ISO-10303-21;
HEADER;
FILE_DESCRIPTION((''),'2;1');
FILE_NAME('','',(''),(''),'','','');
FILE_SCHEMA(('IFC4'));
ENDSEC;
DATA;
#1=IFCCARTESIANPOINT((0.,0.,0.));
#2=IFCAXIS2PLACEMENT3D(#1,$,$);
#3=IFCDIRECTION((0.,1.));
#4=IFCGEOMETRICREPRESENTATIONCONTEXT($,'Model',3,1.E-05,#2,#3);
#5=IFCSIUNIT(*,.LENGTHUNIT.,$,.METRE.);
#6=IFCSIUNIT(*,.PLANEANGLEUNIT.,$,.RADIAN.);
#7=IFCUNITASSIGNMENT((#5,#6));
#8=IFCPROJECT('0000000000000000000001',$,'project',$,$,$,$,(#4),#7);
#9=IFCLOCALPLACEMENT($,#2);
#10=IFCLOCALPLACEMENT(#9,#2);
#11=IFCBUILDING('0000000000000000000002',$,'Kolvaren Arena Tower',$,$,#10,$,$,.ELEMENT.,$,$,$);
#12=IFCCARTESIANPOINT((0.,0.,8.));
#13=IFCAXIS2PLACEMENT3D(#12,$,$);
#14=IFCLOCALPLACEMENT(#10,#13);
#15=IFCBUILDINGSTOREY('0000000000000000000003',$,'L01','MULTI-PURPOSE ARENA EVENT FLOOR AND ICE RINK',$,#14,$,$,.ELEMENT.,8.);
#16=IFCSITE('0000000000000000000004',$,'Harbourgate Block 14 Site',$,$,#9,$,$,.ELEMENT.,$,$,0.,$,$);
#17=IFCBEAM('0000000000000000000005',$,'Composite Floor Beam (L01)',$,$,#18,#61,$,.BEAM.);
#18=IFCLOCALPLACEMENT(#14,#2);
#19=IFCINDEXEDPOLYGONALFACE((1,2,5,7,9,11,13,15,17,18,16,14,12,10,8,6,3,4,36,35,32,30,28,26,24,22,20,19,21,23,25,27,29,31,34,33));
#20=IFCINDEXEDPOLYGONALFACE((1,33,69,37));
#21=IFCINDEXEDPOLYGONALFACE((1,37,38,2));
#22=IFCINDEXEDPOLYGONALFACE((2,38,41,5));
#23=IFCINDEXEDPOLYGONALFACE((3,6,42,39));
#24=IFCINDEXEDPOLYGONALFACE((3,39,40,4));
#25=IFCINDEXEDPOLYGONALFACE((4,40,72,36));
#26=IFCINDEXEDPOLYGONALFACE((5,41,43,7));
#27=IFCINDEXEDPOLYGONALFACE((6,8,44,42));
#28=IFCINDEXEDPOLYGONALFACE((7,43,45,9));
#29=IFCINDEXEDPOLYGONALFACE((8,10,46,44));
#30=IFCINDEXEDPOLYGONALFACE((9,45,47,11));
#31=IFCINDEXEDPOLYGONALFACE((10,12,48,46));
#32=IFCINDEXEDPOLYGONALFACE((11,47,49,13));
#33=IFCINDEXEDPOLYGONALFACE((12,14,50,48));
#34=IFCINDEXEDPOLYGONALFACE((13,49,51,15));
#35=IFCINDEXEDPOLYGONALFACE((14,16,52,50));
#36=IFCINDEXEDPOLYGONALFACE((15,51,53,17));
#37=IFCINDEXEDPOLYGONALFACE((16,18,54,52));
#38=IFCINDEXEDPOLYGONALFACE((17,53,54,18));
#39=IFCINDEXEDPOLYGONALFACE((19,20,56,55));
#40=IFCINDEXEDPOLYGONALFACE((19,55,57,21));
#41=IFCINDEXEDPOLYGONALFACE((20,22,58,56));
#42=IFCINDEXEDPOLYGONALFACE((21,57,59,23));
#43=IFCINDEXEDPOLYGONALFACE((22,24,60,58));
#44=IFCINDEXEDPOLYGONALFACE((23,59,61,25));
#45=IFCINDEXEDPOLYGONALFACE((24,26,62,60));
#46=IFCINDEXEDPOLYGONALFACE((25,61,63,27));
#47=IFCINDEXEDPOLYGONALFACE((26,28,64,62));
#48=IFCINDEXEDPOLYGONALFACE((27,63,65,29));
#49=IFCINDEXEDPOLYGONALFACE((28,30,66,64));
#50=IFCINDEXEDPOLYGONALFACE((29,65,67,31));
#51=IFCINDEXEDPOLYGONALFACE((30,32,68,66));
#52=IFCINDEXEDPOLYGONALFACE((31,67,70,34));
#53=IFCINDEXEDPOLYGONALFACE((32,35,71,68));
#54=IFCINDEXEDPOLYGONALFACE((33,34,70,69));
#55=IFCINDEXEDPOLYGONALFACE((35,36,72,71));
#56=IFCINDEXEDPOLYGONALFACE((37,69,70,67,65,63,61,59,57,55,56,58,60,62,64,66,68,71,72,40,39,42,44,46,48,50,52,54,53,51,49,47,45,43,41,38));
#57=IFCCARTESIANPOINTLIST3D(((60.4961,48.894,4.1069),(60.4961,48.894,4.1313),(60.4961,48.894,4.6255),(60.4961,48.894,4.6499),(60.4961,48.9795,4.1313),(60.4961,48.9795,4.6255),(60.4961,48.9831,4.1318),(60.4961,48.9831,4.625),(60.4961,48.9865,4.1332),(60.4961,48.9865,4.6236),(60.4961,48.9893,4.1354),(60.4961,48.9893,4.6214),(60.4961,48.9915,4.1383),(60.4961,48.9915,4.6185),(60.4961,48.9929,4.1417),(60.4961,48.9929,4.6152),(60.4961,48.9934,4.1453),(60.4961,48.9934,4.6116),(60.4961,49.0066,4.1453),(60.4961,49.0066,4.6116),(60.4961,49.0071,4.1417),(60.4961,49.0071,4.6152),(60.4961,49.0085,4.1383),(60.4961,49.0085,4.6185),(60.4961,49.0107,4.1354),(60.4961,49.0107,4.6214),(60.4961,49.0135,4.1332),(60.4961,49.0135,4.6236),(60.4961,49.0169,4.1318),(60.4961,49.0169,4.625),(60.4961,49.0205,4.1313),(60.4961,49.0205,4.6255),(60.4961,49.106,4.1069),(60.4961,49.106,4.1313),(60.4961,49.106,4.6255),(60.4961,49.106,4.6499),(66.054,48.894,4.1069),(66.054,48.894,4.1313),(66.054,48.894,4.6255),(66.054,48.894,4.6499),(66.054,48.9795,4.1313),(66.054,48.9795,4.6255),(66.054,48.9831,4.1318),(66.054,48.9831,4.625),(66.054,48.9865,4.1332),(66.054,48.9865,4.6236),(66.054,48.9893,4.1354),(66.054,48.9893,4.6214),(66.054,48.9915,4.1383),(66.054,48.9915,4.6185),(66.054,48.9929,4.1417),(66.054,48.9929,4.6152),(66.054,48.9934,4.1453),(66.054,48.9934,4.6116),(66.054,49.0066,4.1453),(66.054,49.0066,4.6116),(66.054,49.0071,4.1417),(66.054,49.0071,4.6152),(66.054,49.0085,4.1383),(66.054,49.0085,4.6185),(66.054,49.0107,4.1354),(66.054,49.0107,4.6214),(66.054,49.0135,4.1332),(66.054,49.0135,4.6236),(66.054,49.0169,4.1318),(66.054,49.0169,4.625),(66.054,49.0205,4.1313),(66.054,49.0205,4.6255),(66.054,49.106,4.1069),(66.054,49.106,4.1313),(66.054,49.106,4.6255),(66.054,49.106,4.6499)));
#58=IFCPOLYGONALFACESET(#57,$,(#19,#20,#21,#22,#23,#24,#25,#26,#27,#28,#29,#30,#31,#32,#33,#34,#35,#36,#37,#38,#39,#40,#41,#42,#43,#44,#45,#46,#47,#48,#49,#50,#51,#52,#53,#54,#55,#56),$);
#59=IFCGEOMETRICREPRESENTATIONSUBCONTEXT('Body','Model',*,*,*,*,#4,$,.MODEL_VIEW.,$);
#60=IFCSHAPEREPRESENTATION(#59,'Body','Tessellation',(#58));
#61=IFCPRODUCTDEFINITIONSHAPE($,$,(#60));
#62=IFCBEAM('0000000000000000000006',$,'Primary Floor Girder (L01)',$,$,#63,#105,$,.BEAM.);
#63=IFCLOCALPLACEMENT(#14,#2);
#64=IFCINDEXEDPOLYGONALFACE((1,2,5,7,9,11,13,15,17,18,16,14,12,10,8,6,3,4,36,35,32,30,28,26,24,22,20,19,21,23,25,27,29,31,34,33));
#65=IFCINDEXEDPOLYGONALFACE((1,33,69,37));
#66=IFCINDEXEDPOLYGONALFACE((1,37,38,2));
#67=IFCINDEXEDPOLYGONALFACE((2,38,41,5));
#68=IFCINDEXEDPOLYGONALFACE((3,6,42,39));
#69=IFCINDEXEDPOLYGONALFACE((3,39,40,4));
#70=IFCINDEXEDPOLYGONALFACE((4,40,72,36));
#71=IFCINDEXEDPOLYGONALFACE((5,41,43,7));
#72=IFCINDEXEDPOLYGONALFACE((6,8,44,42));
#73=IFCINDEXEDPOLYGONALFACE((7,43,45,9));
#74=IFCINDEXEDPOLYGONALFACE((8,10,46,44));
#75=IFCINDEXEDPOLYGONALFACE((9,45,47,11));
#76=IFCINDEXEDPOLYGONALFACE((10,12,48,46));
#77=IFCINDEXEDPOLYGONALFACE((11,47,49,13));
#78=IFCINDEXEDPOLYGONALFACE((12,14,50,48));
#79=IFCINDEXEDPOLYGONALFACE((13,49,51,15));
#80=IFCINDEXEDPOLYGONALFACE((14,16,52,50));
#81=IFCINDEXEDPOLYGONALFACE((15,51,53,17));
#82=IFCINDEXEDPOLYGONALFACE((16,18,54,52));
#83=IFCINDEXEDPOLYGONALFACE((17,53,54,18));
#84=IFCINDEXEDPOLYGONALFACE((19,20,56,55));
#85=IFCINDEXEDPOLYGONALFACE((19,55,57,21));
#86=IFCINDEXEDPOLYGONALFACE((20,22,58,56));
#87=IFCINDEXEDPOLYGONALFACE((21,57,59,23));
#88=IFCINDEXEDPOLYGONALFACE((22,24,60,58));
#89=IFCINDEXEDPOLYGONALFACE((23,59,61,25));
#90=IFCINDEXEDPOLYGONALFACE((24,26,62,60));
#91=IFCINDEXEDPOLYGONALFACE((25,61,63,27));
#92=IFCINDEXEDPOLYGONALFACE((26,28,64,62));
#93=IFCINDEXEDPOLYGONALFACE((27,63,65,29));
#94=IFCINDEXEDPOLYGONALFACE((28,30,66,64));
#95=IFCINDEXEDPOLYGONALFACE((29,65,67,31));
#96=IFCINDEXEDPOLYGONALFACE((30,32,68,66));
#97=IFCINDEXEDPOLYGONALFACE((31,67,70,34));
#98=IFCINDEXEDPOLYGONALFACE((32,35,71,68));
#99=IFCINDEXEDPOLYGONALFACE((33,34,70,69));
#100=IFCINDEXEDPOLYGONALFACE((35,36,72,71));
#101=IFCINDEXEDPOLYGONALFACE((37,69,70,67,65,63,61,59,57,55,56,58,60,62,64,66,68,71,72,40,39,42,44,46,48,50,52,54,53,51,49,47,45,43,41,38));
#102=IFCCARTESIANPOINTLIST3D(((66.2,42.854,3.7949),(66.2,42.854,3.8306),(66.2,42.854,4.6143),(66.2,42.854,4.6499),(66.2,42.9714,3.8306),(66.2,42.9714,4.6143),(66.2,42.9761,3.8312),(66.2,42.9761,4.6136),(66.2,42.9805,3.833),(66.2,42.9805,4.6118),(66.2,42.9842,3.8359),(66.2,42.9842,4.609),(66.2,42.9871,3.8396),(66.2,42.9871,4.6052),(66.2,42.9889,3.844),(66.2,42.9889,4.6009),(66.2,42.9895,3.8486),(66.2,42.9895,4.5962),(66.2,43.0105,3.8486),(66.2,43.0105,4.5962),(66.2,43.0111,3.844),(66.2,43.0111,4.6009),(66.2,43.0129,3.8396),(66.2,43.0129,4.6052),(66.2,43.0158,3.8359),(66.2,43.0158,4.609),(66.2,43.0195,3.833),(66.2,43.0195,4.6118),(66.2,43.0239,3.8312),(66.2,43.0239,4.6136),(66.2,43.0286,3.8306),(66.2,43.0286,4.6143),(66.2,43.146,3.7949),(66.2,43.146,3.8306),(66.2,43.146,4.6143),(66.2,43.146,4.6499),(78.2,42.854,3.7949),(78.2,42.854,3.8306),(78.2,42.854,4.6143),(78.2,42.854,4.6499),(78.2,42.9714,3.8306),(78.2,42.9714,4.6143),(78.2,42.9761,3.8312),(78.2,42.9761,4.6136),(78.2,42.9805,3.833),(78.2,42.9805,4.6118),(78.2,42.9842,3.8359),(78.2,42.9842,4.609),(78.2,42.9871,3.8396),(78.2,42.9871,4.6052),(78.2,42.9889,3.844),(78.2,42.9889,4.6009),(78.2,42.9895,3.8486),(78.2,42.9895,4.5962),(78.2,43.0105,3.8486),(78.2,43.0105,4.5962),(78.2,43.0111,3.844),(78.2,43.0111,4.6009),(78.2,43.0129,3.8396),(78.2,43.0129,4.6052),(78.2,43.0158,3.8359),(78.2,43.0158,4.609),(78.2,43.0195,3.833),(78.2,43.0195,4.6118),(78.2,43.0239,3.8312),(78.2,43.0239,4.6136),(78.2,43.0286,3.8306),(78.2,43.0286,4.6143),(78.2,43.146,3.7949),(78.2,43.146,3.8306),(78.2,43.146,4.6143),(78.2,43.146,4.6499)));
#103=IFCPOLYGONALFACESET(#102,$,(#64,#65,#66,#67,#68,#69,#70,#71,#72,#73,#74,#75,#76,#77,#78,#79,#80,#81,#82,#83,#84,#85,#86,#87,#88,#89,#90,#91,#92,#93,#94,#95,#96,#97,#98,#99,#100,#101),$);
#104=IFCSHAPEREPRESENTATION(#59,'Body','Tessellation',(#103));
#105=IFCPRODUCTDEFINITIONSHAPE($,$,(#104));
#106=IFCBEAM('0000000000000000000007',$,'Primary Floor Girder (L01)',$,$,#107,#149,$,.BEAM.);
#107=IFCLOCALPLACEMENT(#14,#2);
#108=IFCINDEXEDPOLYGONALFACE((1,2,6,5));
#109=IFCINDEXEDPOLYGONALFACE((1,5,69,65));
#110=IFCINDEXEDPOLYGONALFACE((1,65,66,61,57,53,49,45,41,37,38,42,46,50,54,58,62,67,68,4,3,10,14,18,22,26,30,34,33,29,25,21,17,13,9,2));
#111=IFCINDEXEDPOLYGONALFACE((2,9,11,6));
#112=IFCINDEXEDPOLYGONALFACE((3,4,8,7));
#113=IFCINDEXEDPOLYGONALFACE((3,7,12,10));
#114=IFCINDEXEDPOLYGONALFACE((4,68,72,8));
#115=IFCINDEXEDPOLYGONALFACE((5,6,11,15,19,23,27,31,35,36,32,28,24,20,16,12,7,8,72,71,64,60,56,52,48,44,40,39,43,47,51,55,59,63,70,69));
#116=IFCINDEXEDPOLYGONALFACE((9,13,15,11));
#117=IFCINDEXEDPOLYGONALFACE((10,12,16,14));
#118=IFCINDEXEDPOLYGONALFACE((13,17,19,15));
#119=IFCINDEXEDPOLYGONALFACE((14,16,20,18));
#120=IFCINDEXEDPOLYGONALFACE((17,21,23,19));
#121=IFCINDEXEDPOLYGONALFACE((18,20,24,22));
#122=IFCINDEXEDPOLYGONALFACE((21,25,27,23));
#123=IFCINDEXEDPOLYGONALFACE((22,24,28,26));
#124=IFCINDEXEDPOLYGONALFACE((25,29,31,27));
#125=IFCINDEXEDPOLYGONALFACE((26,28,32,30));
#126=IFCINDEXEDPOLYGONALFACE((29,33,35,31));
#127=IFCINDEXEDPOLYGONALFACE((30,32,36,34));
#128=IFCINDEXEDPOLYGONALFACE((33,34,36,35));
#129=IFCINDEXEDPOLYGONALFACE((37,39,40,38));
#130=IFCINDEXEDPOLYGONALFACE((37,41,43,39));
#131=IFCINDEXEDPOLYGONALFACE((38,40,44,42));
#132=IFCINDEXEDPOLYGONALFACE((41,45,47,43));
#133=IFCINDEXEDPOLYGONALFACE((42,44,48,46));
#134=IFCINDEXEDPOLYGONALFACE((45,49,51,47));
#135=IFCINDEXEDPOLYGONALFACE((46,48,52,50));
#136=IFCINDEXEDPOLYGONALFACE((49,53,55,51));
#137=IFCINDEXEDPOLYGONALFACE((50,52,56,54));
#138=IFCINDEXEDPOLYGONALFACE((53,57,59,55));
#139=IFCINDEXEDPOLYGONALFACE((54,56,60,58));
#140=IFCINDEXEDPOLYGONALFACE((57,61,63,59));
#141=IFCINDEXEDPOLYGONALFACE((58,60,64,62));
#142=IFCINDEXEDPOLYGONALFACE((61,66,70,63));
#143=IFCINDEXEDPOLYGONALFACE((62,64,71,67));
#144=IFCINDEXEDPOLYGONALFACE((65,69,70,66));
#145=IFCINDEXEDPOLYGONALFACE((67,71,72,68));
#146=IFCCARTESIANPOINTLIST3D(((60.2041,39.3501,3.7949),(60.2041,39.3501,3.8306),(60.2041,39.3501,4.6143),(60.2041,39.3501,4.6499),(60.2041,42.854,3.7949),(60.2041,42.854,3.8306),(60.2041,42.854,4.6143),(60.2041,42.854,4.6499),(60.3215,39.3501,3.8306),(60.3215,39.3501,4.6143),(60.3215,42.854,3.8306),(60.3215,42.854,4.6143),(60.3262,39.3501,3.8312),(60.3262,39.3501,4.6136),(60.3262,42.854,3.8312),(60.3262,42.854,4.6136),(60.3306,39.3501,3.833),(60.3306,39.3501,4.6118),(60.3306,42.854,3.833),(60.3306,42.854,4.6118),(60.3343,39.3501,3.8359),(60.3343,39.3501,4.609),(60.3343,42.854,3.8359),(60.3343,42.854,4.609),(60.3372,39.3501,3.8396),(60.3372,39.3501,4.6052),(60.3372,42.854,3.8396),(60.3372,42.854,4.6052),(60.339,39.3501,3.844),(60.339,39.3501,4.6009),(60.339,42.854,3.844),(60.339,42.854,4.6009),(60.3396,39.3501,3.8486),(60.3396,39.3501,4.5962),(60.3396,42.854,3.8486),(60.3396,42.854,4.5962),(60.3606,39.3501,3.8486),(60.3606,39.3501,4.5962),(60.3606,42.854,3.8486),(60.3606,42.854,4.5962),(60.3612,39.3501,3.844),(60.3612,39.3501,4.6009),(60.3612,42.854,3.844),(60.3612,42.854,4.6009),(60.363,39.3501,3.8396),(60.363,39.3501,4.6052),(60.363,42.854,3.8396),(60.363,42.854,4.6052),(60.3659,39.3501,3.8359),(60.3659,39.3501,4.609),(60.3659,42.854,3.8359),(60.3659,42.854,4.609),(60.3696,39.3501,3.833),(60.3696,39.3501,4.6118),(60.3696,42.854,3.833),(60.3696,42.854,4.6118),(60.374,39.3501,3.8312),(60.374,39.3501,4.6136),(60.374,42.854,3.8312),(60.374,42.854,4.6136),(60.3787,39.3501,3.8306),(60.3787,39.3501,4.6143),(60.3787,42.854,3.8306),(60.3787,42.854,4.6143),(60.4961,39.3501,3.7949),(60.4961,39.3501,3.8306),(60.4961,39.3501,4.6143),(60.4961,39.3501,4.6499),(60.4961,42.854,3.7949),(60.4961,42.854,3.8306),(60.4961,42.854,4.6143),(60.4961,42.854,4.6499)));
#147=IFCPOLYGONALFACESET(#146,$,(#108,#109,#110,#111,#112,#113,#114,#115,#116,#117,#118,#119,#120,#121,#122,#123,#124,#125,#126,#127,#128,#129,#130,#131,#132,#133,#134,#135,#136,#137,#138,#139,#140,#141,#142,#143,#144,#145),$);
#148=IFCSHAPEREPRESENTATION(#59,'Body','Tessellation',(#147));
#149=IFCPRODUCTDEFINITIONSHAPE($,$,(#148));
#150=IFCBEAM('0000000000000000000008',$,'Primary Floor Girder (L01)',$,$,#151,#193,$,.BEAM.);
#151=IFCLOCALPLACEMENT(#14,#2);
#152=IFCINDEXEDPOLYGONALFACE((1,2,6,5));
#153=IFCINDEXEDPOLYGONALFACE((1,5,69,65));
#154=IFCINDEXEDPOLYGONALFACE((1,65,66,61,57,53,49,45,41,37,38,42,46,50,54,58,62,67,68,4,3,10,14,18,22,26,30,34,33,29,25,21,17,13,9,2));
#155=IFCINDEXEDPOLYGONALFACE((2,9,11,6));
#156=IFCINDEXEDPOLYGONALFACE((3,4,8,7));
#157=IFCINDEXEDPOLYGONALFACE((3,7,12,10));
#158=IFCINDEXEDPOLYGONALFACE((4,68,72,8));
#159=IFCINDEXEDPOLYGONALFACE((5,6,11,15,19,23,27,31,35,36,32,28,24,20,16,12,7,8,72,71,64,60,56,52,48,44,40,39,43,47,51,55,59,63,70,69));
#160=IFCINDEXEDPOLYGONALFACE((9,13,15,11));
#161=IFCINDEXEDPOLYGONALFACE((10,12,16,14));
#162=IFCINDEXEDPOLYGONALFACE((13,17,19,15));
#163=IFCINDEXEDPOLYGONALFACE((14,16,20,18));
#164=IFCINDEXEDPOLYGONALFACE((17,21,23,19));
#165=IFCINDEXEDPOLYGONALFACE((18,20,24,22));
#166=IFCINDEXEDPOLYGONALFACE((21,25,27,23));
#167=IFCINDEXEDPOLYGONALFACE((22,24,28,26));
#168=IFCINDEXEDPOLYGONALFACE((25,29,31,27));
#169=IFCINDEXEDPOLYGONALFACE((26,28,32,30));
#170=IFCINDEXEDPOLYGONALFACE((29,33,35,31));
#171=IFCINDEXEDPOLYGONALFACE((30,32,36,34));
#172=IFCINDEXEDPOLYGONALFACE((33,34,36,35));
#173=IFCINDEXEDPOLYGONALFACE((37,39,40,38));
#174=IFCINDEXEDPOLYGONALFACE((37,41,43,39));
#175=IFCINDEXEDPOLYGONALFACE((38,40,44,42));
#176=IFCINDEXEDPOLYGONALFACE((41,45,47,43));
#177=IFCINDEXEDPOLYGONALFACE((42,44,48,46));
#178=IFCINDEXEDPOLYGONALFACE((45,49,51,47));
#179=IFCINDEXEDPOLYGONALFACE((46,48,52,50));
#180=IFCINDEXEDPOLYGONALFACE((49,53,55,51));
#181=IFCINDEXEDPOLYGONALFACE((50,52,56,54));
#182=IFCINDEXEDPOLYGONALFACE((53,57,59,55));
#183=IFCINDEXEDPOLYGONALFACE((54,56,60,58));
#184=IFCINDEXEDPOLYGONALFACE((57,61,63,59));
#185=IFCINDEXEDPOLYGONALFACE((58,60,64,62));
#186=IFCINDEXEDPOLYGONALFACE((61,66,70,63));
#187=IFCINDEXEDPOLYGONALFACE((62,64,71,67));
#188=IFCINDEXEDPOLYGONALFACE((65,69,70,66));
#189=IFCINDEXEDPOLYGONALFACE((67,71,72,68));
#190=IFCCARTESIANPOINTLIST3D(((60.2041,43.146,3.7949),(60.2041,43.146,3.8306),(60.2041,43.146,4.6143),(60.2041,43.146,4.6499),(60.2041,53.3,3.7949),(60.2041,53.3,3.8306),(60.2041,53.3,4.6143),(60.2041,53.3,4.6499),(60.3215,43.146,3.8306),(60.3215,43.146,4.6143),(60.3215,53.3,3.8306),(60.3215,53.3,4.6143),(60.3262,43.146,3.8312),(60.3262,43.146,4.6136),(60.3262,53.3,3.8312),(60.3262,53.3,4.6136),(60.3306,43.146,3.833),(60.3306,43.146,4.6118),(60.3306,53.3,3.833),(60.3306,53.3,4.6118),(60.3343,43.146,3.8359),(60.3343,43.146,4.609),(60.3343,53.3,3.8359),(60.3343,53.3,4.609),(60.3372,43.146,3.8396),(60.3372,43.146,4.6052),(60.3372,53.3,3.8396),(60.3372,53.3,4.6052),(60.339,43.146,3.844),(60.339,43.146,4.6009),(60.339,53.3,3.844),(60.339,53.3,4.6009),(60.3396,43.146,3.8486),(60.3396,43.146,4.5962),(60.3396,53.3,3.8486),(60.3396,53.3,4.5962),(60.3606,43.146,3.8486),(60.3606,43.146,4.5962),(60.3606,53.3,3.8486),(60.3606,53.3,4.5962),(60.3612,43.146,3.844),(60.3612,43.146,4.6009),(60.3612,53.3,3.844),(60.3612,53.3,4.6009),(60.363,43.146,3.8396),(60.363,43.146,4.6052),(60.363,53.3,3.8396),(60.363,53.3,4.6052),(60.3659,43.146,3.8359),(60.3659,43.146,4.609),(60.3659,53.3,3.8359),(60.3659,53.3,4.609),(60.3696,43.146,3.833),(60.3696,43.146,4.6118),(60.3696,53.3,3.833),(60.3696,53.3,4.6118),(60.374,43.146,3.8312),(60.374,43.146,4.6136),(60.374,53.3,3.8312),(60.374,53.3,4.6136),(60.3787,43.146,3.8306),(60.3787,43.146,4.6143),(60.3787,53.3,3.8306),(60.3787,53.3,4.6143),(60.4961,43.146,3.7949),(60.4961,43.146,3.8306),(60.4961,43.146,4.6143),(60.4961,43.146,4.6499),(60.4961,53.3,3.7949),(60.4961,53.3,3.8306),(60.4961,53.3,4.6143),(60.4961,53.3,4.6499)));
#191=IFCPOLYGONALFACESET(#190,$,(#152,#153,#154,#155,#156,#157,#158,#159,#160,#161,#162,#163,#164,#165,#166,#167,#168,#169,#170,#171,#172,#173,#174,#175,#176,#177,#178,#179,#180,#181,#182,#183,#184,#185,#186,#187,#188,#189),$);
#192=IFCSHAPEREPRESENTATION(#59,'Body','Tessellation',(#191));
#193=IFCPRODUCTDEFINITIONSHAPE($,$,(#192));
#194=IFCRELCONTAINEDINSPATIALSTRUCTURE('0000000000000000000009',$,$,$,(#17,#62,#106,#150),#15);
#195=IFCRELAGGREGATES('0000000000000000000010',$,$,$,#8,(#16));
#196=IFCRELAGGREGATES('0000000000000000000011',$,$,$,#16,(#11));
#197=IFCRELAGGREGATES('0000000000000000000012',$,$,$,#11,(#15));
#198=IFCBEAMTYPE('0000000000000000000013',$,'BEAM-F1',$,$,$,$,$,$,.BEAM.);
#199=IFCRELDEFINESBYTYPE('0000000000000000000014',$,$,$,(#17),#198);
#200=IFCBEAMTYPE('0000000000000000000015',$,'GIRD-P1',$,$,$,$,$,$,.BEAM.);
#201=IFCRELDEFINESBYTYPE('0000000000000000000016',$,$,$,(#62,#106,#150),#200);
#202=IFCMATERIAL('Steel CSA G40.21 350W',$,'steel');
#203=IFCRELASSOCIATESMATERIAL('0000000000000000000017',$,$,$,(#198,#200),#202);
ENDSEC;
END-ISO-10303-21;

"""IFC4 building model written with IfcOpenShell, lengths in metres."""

from ifc_helpers import new_model, si_unit, direction, frame, origin, origin_2d, place, context, subcontext, project, spatial, i_section, extrude, material, material_profile, profile_set, type_object, element, save


model = new_model("IFC4")

# Units and contexts
model_context = context("Model", 3, precision=1e-05, world=origin(), true_north=direction((0.0, 1.0)))
body_context = subcontext(model_context, "Body", "Model", "MODEL_VIEW")
ifc_project = project(units=[si_unit("LENGTHUNIT", "METRE"), si_unit("PLANEANGLEUNIT", "RADIAN")], contexts=[model_context])

# Site, building, storey
site_placement = place(None, origin())
site = spatial("IfcSite", under=ifc_project, at=site_placement, Name="Harbourgate Block 14 Site", CompositionType="ELEMENT", RefElevation=0.0)
building_placement = place(site_placement, origin())
building = spatial("IfcBuilding", under=site, at=building_placement, Name="Kolvaren Arena Tower", CompositionType="ELEMENT")
storey_placement = place(building_placement, frame((0.0, 0.0, 8.0)))
storey = spatial("IfcBuildingStorey", under=building, at=storey_placement, Name="L01", Description="MULTI-PURPOSE ARENA EVENT FLOOR AND ICE RINK", CompositionType="ELEMENT", Elevation=8.0)

# Beams
ifc_material_1 = material(Name="Steel CSA G40.21 350W", Category="steel")
ifc_material_profile_1 = material_profile(ifc_material_1, i_section(OverallWidth=0.2119, OverallDepth=0.543, WebThickness=0.0132, FlangeThickness=0.0244, FilletRadius=0.0139, at=origin_2d()), Name="W530x150")
ifc_profile_set_1 = profile_set([ifc_material_profile_1], Name="Steel CSA G40.21 350W")
beam_type_1 = type_object("IfcBeamType", Name="BEAM-F1", PredefinedType="BEAM", material=ifc_profile_set_1)
beam_1_placement = place(storey_placement, frame((60.4961, 49.0, 4.3784), z_axis=(1.0, 0.0, 0.0), x_axis=(0.0, 1.0, 0.0)))
element("IfcBeam", 1, at=beam_1_placement, inside=storey, type_object=beam_type_1, Name="Composite Floor Beam (L01)", PredefinedType="BEAM", context=body_context, shape_type="SweptSolid", body=[
    extrude(i_section(OverallWidth=0.2119, OverallDepth=0.543, WebThickness=0.0132, FlangeThickness=0.0244, FilletRadius=0.0139, at=origin_2d()), origin(), (0.0, 0.0, 1.0), 5.5579),
])
ifc_material_profile_2 = material_profile(ifc_material_1, i_section(OverallWidth=0.292, OverallDepth=0.855, WebThickness=0.021, FlangeThickness=0.0356, FilletRadius=0.0181, at=origin_2d()), Name="W840x299")
ifc_profile_set_2 = profile_set([ifc_material_profile_2], Name="Steel CSA G40.21 350W")
beam_type_2 = type_object("IfcBeamType", Name="GIRD-P1", PredefinedType="BEAM", material=ifc_profile_set_2)
beam_2_placement = place(storey_placement, frame((66.2, 43.0, 4.2224), z_axis=(1.0, 0.0, 0.0), x_axis=(0.0, 1.0, 0.0)))
element("IfcBeam", 2, at=beam_2_placement, inside=storey, type_object=beam_type_2, Name="Primary Floor Girder (L01)", PredefinedType="BEAM", context=body_context, shape_type="SweptSolid", body=[
    extrude(i_section(OverallWidth=0.292, OverallDepth=0.855, WebThickness=0.021, FlangeThickness=0.0356, FilletRadius=0.0181, at=origin_2d()), origin(), (0.0, 0.0, 1.0), 12.0),
])
beam_3_placement = place(storey_placement, frame((60.3501, 39.3501, 4.2224), z_axis=(0.0, 1.0, 0.0), x_axis=(-1.0, 0.0, 0.0)))
element("IfcBeam", 3, at=beam_3_placement, inside=storey, type_object=beam_type_2, Name="Primary Floor Girder (L01)", PredefinedType="BEAM", context=body_context, shape_type="SweptSolid", body=[
    extrude(i_section(OverallWidth=0.292, OverallDepth=0.855, WebThickness=0.021, FlangeThickness=0.0356, FilletRadius=0.0181, at=origin_2d()), origin(), (0.0, 0.0, 1.0), 3.5039),
])
beam_4_placement = place(storey_placement, frame((60.3501, 43.146, 4.2224), z_axis=(0.0, 1.0, 0.0), x_axis=(-1.0, 0.0, 0.0)))
element("IfcBeam", 4, at=beam_4_placement, inside=storey, type_object=beam_type_2, Name="Primary Floor Girder (L01)", PredefinedType="BEAM", context=body_context, shape_type="SweptSolid", body=[
    extrude(i_section(OverallWidth=0.292, OverallDepth=0.855, WebThickness=0.021, FlangeThickness=0.0356, FilletRadius=0.0181, at=origin_2d()), origin(), (0.0, 0.0, 1.0), 10.1541),
])

save(model, "model.ifc")
